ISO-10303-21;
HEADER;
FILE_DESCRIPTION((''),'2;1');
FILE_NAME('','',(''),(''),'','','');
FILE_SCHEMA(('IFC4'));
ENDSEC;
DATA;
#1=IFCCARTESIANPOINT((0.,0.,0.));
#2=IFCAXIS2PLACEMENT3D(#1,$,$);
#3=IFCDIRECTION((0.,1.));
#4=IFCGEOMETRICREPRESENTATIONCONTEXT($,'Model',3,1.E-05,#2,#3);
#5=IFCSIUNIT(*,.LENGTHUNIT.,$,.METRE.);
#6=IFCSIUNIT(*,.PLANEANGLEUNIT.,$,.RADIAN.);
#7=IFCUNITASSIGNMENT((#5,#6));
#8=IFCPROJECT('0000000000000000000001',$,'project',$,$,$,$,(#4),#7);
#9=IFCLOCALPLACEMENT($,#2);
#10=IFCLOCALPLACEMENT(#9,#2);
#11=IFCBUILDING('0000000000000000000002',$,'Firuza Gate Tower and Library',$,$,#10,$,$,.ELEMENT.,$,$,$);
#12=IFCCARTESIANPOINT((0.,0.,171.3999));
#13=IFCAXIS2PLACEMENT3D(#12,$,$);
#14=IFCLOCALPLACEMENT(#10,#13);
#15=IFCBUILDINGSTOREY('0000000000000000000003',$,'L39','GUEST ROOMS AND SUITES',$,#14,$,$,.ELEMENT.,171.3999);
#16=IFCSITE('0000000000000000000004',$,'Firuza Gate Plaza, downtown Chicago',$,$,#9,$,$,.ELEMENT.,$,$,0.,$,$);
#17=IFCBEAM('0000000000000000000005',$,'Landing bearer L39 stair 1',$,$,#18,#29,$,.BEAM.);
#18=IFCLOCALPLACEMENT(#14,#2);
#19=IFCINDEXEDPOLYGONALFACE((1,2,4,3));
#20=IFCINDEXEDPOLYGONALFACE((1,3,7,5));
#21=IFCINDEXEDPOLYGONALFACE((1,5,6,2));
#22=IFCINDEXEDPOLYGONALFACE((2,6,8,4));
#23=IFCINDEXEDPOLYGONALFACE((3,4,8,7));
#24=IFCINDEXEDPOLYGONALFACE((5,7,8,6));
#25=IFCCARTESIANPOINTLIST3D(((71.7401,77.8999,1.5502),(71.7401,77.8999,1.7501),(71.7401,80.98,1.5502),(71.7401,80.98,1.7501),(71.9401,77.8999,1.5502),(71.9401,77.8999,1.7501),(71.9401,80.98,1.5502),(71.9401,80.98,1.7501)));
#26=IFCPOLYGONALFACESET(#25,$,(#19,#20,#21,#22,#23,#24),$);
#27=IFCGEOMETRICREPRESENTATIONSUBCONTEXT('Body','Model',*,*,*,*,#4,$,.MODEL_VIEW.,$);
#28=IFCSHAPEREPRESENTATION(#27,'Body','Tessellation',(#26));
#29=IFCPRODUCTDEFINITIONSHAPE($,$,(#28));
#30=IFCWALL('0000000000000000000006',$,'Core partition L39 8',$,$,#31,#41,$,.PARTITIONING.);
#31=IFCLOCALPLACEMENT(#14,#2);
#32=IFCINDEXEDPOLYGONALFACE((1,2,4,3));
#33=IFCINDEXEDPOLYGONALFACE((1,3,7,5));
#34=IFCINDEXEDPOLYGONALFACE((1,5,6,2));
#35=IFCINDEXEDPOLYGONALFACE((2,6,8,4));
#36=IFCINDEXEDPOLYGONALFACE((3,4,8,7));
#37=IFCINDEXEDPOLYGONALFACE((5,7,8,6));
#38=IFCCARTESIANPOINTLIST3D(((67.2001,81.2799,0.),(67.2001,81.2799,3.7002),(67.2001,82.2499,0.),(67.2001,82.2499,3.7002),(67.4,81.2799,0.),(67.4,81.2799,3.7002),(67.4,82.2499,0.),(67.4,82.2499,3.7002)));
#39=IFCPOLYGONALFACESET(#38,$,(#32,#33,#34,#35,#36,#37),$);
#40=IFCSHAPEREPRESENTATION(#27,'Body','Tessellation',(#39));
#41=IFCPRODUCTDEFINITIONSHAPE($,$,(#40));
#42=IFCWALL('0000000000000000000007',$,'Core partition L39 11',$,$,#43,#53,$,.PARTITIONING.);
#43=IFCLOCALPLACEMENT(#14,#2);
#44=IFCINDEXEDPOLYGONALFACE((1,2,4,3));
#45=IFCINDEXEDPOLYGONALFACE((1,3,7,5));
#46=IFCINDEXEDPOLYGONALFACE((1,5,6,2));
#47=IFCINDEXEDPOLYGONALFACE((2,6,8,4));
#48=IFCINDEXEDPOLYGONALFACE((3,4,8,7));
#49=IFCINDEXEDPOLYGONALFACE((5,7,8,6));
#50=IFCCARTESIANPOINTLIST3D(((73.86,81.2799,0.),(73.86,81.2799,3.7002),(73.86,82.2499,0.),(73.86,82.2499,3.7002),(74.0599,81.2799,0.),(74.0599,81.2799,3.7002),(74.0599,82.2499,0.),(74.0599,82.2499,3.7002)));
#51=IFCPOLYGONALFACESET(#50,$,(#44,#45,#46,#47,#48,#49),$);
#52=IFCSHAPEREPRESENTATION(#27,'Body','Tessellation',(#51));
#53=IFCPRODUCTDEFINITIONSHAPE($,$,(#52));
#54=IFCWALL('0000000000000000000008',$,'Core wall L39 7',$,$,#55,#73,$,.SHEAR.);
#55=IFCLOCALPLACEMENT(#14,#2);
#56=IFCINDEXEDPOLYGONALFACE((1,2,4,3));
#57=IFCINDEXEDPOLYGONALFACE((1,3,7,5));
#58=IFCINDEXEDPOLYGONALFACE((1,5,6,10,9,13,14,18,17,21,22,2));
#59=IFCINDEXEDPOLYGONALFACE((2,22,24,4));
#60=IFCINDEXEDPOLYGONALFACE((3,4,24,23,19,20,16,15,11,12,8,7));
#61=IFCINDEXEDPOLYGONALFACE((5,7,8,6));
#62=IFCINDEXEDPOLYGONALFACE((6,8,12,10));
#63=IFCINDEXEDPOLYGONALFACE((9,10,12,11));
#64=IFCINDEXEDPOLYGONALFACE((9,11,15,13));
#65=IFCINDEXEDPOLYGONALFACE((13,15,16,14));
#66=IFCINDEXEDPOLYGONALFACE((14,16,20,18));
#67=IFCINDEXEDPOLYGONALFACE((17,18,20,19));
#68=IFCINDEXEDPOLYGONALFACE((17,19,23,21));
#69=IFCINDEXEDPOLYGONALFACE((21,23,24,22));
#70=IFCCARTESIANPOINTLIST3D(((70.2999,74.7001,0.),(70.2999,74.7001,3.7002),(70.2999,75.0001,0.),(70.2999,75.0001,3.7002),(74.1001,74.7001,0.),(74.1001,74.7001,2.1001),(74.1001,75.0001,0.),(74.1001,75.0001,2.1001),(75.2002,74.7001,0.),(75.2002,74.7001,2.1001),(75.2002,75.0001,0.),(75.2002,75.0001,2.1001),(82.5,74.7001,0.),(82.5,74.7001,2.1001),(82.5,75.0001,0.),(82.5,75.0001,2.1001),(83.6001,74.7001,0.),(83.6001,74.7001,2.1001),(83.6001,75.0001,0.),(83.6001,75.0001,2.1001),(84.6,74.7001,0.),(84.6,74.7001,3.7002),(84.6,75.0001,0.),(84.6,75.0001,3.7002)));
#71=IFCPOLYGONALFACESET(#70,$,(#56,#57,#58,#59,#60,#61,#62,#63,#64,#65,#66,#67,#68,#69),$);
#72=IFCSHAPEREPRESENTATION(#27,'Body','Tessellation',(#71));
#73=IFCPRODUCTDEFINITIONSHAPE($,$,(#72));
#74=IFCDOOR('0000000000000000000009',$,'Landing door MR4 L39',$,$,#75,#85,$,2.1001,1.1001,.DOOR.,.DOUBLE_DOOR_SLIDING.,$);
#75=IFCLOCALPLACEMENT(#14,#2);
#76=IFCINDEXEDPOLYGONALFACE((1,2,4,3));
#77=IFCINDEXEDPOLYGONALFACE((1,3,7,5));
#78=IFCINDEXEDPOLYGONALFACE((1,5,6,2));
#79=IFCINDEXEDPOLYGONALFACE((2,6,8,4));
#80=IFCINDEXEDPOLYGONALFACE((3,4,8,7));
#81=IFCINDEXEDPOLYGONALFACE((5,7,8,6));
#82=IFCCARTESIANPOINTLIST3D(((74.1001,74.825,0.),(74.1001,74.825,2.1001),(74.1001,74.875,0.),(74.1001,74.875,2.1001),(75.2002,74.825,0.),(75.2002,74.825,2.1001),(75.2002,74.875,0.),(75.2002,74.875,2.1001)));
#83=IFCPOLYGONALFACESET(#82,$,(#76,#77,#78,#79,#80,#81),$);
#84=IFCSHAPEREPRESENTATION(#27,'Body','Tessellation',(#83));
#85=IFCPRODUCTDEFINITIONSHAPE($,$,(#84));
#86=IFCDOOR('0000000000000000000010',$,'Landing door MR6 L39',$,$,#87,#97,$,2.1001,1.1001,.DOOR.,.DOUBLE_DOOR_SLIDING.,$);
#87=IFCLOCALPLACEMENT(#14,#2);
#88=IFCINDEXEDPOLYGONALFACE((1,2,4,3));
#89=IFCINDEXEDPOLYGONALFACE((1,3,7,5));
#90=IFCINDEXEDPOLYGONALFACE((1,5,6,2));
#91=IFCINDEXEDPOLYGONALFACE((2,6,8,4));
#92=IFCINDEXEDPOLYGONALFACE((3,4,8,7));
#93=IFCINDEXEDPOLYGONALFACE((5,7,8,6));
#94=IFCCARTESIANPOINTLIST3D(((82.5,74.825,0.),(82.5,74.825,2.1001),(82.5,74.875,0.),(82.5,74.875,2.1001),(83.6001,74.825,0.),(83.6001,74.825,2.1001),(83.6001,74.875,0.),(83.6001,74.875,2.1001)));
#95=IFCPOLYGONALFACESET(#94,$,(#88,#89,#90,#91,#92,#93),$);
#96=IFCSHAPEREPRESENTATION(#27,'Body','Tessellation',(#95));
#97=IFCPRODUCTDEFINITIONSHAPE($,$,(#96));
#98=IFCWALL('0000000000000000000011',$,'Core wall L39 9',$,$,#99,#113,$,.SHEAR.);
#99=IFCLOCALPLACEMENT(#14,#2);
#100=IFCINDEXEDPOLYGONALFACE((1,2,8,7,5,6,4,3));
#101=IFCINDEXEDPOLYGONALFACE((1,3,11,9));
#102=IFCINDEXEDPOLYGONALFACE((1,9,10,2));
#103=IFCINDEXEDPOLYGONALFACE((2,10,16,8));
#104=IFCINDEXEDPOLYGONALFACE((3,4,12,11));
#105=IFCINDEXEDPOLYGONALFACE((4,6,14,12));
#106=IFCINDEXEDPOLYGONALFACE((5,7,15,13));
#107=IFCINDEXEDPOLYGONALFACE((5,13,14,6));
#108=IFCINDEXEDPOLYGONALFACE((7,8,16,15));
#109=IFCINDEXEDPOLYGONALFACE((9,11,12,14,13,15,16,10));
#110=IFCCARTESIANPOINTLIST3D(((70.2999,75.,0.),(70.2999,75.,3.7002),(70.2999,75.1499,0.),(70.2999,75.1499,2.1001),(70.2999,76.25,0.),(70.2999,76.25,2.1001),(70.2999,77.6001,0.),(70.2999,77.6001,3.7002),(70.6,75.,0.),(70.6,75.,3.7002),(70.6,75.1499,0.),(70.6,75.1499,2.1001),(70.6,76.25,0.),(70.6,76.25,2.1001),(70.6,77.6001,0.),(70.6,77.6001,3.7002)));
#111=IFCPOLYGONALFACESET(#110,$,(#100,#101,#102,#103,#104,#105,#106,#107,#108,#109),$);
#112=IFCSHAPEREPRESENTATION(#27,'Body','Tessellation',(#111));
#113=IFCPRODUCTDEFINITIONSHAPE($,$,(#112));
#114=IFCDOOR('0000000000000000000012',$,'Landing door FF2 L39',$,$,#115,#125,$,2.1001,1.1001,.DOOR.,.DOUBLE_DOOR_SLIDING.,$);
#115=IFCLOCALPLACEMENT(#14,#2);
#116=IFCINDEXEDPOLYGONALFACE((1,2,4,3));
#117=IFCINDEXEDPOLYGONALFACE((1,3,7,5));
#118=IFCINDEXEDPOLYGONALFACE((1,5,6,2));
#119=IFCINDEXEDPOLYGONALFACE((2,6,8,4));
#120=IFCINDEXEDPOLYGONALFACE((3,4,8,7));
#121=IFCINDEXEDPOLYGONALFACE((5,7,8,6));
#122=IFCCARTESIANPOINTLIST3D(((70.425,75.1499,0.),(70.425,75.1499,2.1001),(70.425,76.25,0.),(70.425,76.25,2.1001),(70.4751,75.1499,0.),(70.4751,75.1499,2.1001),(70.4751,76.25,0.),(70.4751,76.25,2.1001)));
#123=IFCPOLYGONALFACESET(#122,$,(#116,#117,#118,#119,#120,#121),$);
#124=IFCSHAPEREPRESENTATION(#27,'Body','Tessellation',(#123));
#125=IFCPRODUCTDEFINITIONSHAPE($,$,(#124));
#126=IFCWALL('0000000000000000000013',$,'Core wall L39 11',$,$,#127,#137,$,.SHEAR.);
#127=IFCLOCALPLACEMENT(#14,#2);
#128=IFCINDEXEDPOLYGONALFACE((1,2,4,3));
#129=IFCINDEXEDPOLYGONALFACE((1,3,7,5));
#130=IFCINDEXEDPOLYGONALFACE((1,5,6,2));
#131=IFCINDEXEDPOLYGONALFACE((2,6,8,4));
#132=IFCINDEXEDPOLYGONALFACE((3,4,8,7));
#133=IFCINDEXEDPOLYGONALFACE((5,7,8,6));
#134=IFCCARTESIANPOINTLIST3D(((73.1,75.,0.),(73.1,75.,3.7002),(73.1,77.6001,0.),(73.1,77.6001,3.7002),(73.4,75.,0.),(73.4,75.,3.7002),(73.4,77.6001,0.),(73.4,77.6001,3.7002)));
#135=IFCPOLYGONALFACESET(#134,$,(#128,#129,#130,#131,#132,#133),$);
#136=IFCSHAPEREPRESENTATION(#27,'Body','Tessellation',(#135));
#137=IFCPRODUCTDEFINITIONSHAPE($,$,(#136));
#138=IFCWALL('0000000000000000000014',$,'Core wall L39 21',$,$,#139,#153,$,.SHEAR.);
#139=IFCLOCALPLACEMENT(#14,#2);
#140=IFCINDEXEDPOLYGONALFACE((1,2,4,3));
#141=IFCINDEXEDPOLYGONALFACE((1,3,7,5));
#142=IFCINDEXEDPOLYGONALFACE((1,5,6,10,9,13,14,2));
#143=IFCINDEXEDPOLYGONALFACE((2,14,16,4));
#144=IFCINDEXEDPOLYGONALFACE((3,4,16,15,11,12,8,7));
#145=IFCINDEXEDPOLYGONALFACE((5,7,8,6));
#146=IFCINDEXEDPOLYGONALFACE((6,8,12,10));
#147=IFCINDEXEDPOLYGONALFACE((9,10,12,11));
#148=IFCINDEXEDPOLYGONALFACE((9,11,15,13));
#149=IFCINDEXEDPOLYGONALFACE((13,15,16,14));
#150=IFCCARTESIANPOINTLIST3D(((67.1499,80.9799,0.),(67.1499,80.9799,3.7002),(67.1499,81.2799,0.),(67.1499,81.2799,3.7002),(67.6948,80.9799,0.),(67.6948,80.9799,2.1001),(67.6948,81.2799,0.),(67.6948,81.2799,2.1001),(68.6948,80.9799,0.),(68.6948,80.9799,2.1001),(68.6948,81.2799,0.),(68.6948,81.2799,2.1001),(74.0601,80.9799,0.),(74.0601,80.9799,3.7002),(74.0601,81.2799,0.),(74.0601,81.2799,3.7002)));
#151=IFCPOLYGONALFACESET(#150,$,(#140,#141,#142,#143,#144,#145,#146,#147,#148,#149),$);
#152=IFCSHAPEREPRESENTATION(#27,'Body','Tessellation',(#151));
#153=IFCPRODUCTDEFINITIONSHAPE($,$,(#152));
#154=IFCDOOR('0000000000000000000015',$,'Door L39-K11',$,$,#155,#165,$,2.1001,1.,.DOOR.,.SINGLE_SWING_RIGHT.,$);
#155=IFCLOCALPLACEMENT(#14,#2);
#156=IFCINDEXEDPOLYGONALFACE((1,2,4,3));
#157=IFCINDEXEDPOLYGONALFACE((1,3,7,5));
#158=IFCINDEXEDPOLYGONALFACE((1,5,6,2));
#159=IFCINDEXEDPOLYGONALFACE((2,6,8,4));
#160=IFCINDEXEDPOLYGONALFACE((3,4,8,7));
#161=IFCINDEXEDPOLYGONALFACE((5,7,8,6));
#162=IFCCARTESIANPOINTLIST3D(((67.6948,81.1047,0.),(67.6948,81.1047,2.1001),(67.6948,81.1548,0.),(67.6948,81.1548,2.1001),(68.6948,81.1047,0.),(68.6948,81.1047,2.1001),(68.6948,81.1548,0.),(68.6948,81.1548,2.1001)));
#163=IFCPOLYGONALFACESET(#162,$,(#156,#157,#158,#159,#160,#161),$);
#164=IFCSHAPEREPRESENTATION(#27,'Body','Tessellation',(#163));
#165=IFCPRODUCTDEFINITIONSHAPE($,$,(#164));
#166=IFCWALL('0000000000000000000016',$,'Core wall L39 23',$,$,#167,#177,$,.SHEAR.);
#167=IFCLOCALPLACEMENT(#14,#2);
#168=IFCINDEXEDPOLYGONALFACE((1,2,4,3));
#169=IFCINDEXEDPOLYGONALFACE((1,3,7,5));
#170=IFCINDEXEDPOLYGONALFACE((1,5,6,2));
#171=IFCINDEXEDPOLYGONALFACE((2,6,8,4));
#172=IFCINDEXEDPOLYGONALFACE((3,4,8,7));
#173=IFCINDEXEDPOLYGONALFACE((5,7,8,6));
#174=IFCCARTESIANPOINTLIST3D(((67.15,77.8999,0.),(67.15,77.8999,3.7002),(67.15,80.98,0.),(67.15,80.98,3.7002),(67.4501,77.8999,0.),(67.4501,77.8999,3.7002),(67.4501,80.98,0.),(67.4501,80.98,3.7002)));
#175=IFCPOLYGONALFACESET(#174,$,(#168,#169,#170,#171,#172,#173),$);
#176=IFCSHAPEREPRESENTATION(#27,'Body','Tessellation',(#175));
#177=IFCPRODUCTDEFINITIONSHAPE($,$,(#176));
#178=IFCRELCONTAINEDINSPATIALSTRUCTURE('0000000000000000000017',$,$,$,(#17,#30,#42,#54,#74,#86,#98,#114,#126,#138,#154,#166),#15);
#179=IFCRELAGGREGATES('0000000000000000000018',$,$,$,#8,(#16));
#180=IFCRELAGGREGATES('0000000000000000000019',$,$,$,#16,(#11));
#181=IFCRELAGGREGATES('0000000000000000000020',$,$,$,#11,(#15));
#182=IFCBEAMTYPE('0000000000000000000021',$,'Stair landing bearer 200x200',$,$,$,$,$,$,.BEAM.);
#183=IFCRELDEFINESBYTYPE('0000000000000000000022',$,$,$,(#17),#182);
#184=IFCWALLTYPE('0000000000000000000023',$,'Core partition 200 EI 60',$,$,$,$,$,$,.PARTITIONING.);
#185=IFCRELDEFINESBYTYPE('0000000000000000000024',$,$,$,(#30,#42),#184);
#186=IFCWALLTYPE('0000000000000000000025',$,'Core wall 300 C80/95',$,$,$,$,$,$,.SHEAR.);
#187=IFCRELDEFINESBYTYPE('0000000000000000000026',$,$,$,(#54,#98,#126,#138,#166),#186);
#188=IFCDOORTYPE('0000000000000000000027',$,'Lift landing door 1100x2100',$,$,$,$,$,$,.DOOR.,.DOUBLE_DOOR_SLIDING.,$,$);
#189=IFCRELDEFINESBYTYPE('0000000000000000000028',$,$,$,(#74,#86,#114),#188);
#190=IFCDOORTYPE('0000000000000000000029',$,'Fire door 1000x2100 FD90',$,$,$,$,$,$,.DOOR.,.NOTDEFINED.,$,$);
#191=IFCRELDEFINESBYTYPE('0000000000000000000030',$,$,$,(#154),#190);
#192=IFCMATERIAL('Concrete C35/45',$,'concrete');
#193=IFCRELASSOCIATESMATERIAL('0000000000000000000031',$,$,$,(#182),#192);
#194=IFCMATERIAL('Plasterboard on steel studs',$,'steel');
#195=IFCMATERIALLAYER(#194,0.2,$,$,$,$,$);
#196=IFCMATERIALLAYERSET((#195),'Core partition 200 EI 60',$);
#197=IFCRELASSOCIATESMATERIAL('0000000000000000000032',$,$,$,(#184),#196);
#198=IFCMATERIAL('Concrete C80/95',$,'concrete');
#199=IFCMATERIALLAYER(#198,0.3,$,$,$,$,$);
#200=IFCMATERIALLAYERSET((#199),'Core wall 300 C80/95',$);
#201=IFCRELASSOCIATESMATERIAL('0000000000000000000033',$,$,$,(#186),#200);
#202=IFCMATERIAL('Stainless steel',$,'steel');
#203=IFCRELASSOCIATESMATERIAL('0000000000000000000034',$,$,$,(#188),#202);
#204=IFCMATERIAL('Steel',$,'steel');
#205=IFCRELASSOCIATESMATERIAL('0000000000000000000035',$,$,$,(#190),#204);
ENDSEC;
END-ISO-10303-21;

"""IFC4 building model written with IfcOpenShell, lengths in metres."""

from ifc_helpers import new_model, si_unit, direction, frame, frame_2d, origin, origin_2d, place, context, subcontext, project, spatial, rectangle, extrude, material, layer, layer_set, material_profile, profile_set, type_object, element, fill, save


model = new_model("IFC4")

# Units and contexts
model_context = context("Model", 3, precision=1e-05, world=origin(), true_north=direction((0.0, 1.0)))
body_context = subcontext(model_context, "Body", "Model", "MODEL_VIEW")
ifc_project = project(units=[si_unit("LENGTHUNIT", "METRE"), si_unit("PLANEANGLEUNIT", "RADIAN")], contexts=[model_context])

# Site, building, storey
site_placement = place(None, origin())
site = spatial("IfcSite", under=ifc_project, at=site_placement, Name="Firuza Gate Plaza, downtown Chicago", CompositionType="ELEMENT", RefElevation=0.0)
building_placement = place(site_placement, origin())
building = spatial("IfcBuilding", under=site, at=building_placement, Name="Firuza Gate Tower and Library", CompositionType="ELEMENT")
storey_placement = place(building_placement, frame((0.0, 0.0, 171.3999)))
storey = spatial("IfcBuildingStorey", under=building, at=storey_placement, Name="L39", Description="GUEST ROOMS AND SUITES", CompositionType="ELEMENT", Elevation=171.3999)

# Beam
ifc_material_1 = material(Name="Concrete C35/45", Category="concrete")
ifc_material_profile = material_profile(ifc_material_1, rectangle(XDim=0.2, YDim=0.2, at=origin_2d()))
ifc_profile_set = profile_set([ifc_material_profile], Name="Concrete C35/45")
beam_type = type_object("IfcBeamType", Name="Stair landing bearer 200x200", PredefinedType="BEAM", material=ifc_profile_set)
beam_placement = place(storey_placement, frame((71.8401, 77.8999, 1.6501), z_axis=(0.0, 1.0, 0.0), x_axis=(-1.0, 0.0, 0.0)))
element("IfcBeam", 1, at=beam_placement, inside=storey, type_object=beam_type, Name="Landing bearer L39 stair 1", PredefinedType="BEAM", context=body_context, shape_type="SweptSolid", body=[
    extrude(rectangle(XDim=0.2, YDim=0.2, at=origin_2d()), origin(), (0.0, 0.0, 1.0), 3.0801),
])

# Walls
ifc_material_2 = material(Name="Plasterboard on steel studs", Category="steel")
ifc_layer_1 = layer(ifc_material_2, 0.2)
ifc_layer_set_1 = layer_set([ifc_layer_1], Name="Core partition 200 EI 60")
wall_type_1 = type_object("IfcWallType", Name="Core partition 200 EI 60", PredefinedType="PARTITIONING", material=ifc_layer_set_1)
for number, where, z_axis, x_axis, name in (
    (2, (67.3, 81.28, 0.0), (0.0, 0.0, 1.0), (0.0, 1.0, 0.0), "Core partition L39 8"),
    (3, (73.96, 81.28, 0.0), (0.0, 0.0, 1.0), (0.0, 1.0, 0.0), "Core partition L39 11"),
):
    element("IfcWall", number, at=place(storey_placement, frame(where, z_axis=z_axis, x_axis=x_axis)), inside=storey, type_object=wall_type_1, Name=name, PredefinedType="PARTITIONING", context=body_context, shape_type="SweptSolid", body=[
        extrude(rectangle(XDim=0.97, YDim=0.2, at=frame_2d((0.4849, 0.0))), origin(), (0.0, 0.0, 1.0), 3.7002),
    ])

# Wall, openings, doors
ifc_material_3 = material(Name="Concrete C80/95", Category="concrete")
ifc_layer_2 = layer(ifc_material_3, 0.3)
ifc_layer_set_2 = layer_set([ifc_layer_2], Name="Core wall 300 C80/95")
wall_type_2 = type_object("IfcWallType", Name="Core wall 300 C80/95", PredefinedType="SHEAR", material=ifc_layer_set_2)
wall_1_placement = place(storey_placement, frame((70.3, 74.8501, 0.0), z_axis=(0.0, 0.0, 1.0), x_axis=(1.0, 0.0, 0.0)))
wall_1 = element("IfcWall", 4, at=wall_1_placement, inside=storey, type_object=wall_type_2, Name="Core wall L39 7", PredefinedType="SHEAR", context=body_context, shape_type="SweptSolid", body=[
    extrude(rectangle(XDim=14.3, YDim=0.3, at=frame_2d((7.1499, 0.0))), origin(), (0.0, 0.0, 1.0), 3.7002),
])
opening_1_placement = place(wall_1_placement, frame((3.8, 0.0, 0.0)))
opening_1 = element("IfcOpeningElement", 5, at=opening_1_placement, cuts=wall_1, PredefinedType="OPENING", context=body_context, shape_type="SweptSolid", body=[
    extrude(rectangle(XDim=1.1001, YDim=2.1001, at=frame_2d((0.55, 1.05))), frame((0.0, 0.1602, 0.0), z_axis=(0.0, -1.0, 0.0), x_axis=(1.0, 0.0, 0.0)), (0.0, 0.0, 1.0), 0.3201),
])
opening_2_placement = place(wall_1_placement, frame((12.2, 0.0, 0.0)))
opening_2 = element("IfcOpeningElement", 6, at=opening_2_placement, cuts=wall_1, PredefinedType="OPENING", context=body_context, shape_type="SweptSolid", body=[
    extrude(rectangle(XDim=1.1001, YDim=2.1001, at=frame_2d((0.55, 1.05))), frame((0.0, 0.1602, 0.0), z_axis=(0.0, -1.0, 0.0), x_axis=(1.0, 0.0, 0.0)), (0.0, 0.0, 1.0), 0.3201),
])
ifc_material_4 = material(Name="Stainless steel", Category="steel")
door_type_1 = type_object("IfcDoorType", Name="Lift landing door 1100x2100", OperationType="DOUBLE_DOOR_SLIDING", PredefinedType="DOOR", material=ifc_material_4)
door_1_placement = place(opening_1_placement, origin())
door_1 = element("IfcDoor", 7, at=door_1_placement, inside=storey, type_object=door_type_1, Name="Landing door MR4 L39", OperationType="DOUBLE_DOOR_SLIDING", OverallHeight=2.1001, OverallWidth=1.1001, PredefinedType="DOOR", context=body_context, shape_type="SweptSolid", body=[
    extrude(rectangle(XDim=1.1001, YDim=2.1001, at=frame_2d((0.55, 1.05))), frame((0.0, 0.0249, 0.0), z_axis=(0.0, -1.0, 0.0), x_axis=(1.0, 0.0, 0.0)), (0.0, 0.0, 1.0), 0.05),
])
fill(opening_1, door_1)
door_2_placement = place(opening_2_placement, origin())
door_2 = element("IfcDoor", 8, at=door_2_placement, inside=storey, type_object=door_type_1, Name="Landing door MR6 L39", OperationType="DOUBLE_DOOR_SLIDING", OverallHeight=2.1001, OverallWidth=1.1001, PredefinedType="DOOR", context=body_context, shape_type="SweptSolid", body=[
    extrude(rectangle(XDim=1.1001, YDim=2.1001, at=frame_2d((0.55, 1.05))), frame((0.0, 0.0249, 0.0), z_axis=(0.0, -1.0, 0.0), x_axis=(1.0, 0.0, 0.0)), (0.0, 0.0, 1.0), 0.05),
])
fill(opening_2, door_2)

# Wall, opening, door
wall_2_placement = place(storey_placement, frame((70.45, 75.0, 0.0), z_axis=(0.0, 0.0, 1.0), x_axis=(0.0, 1.0, 0.0)))
wall_2 = element("IfcWall", 9, at=wall_2_placement, inside=storey, type_object=wall_type_2, Name="Core wall L39 9", PredefinedType="SHEAR", context=body_context, shape_type="SweptSolid", body=[
    extrude(rectangle(XDim=2.6001, YDim=0.3, at=frame_2d((1.3, 0.0))), origin(), (0.0, 0.0, 1.0), 3.7002),
])
opening_3_placement = place(wall_2_placement, frame((0.1499, 0.0, 0.0)))
opening_3 = element("IfcOpeningElement", 10, at=opening_3_placement, cuts=wall_2, PredefinedType="OPENING", context=body_context, shape_type="SweptSolid", body=[
    extrude(rectangle(XDim=1.1001, YDim=2.1001, at=frame_2d((0.55, 1.05))), frame((0.0, 0.1602, 0.0), z_axis=(0.0, -1.0, 0.0), x_axis=(1.0, 0.0, 0.0)), (0.0, 0.0, 1.0), 0.3201),
])
door_3_placement = place(opening_3_placement, origin())
door_3 = element("IfcDoor", 11, at=door_3_placement, inside=storey, type_object=door_type_1, Name="Landing door FF2 L39", OperationType="DOUBLE_DOOR_SLIDING", OverallHeight=2.1001, OverallWidth=1.1001, PredefinedType="DOOR", context=body_context, shape_type="SweptSolid", body=[
    extrude(rectangle(XDim=1.1001, YDim=2.1001, at=frame_2d((0.55, 1.05))), frame((0.0, 0.0249, 0.0), z_axis=(0.0, -1.0, 0.0), x_axis=(1.0, 0.0, 0.0)), (0.0, 0.0, 1.0), 0.05),
])
fill(opening_3, door_3)

# Wall
wall_3_placement = place(storey_placement, frame((73.25, 75.0, 0.0), z_axis=(0.0, 0.0, 1.0), x_axis=(0.0, 1.0, 0.0)))
element("IfcWall", 12, at=wall_3_placement, inside=storey, type_object=wall_type_2, Name="Core wall L39 11", PredefinedType="SHEAR", context=body_context, shape_type="SweptSolid", body=[
    extrude(rectangle(XDim=2.6001, YDim=0.3, at=frame_2d((1.3, 0.0))), origin(), (0.0, 0.0, 1.0), 3.7002),
])

# Wall, opening, door
wall_4_placement = place(storey_placement, frame((67.1499, 81.1299, 0.0), z_axis=(0.0, 0.0, 1.0), x_axis=(1.0, 0.0, 0.0)))
wall_4 = element("IfcWall", 13, at=wall_4_placement, inside=storey, type_object=wall_type_2, Name="Core wall L39 21", PredefinedType="SHEAR", context=body_context, shape_type="SweptSolid", body=[
    extrude(rectangle(XDim=6.9102, YDim=0.3, at=frame_2d((3.4551, 0.0))), origin(), (0.0, 0.0, 1.0), 3.7002),
])
opening_4_placement = place(wall_4_placement, frame((0.5449, 0.0, 0.0)))
opening_4 = element("IfcOpeningElement", 14, at=opening_4_placement, cuts=wall_4, PredefinedType="OPENING", context=body_context, shape_type="SweptSolid", body=[
    extrude(rectangle(XDim=1.0, YDim=2.1001, at=frame_2d((0.5, 1.05))), frame((0.0, 0.1602, 0.0), z_axis=(0.0, -1.0, 0.0), x_axis=(1.0, 0.0, 0.0)), (0.0, 0.0, 1.0), 0.3201),
])
ifc_material_5 = material(Name="Steel", Category="steel")
door_type_2 = type_object("IfcDoorType", Name="Fire door 1000x2100 FD90", OperationType="NOTDEFINED", PredefinedType="DOOR", material=ifc_material_5)
door_4_placement = place(opening_4_placement, origin())
door_4 = element("IfcDoor", 15, at=door_4_placement, inside=storey, type_object=door_type_2, Name="Door L39-K11", OperationType="SINGLE_SWING_RIGHT", OverallHeight=2.1001, OverallWidth=1.0, PredefinedType="DOOR", context=body_context, shape_type="SweptSolid", body=[
    extrude(rectangle(XDim=1.0, YDim=2.1001, at=frame_2d((0.5, 1.05))), frame((0.0, 0.0249, 0.0), z_axis=(0.0, -1.0, 0.0), x_axis=(1.0, 0.0, 0.0)), (0.0, 0.0, 1.0), 0.05),
])
fill(opening_4, door_4)

# Wall
for number, where, z_axis, x_axis, name in (
    (16, (67.3, 77.8999, 0.0), (0.0, 0.0, 1.0), (0.0, 1.0, 0.0), "Core wall L39 23"),
):
    element("IfcWall", number, at=place(storey_placement, frame(where, z_axis=z_axis, x_axis=x_axis)), inside=storey, type_object=wall_type_2, Name=name, PredefinedType="SHEAR", context=body_context, shape_type="SweptSolid", body=[
        extrude(rectangle(XDim=3.0801, YDim=0.3, at=frame_2d((1.54, 0.0))), origin(), (0.0, 0.0, 1.0), 3.7002),
    ])

save(model, "model.ifc")
